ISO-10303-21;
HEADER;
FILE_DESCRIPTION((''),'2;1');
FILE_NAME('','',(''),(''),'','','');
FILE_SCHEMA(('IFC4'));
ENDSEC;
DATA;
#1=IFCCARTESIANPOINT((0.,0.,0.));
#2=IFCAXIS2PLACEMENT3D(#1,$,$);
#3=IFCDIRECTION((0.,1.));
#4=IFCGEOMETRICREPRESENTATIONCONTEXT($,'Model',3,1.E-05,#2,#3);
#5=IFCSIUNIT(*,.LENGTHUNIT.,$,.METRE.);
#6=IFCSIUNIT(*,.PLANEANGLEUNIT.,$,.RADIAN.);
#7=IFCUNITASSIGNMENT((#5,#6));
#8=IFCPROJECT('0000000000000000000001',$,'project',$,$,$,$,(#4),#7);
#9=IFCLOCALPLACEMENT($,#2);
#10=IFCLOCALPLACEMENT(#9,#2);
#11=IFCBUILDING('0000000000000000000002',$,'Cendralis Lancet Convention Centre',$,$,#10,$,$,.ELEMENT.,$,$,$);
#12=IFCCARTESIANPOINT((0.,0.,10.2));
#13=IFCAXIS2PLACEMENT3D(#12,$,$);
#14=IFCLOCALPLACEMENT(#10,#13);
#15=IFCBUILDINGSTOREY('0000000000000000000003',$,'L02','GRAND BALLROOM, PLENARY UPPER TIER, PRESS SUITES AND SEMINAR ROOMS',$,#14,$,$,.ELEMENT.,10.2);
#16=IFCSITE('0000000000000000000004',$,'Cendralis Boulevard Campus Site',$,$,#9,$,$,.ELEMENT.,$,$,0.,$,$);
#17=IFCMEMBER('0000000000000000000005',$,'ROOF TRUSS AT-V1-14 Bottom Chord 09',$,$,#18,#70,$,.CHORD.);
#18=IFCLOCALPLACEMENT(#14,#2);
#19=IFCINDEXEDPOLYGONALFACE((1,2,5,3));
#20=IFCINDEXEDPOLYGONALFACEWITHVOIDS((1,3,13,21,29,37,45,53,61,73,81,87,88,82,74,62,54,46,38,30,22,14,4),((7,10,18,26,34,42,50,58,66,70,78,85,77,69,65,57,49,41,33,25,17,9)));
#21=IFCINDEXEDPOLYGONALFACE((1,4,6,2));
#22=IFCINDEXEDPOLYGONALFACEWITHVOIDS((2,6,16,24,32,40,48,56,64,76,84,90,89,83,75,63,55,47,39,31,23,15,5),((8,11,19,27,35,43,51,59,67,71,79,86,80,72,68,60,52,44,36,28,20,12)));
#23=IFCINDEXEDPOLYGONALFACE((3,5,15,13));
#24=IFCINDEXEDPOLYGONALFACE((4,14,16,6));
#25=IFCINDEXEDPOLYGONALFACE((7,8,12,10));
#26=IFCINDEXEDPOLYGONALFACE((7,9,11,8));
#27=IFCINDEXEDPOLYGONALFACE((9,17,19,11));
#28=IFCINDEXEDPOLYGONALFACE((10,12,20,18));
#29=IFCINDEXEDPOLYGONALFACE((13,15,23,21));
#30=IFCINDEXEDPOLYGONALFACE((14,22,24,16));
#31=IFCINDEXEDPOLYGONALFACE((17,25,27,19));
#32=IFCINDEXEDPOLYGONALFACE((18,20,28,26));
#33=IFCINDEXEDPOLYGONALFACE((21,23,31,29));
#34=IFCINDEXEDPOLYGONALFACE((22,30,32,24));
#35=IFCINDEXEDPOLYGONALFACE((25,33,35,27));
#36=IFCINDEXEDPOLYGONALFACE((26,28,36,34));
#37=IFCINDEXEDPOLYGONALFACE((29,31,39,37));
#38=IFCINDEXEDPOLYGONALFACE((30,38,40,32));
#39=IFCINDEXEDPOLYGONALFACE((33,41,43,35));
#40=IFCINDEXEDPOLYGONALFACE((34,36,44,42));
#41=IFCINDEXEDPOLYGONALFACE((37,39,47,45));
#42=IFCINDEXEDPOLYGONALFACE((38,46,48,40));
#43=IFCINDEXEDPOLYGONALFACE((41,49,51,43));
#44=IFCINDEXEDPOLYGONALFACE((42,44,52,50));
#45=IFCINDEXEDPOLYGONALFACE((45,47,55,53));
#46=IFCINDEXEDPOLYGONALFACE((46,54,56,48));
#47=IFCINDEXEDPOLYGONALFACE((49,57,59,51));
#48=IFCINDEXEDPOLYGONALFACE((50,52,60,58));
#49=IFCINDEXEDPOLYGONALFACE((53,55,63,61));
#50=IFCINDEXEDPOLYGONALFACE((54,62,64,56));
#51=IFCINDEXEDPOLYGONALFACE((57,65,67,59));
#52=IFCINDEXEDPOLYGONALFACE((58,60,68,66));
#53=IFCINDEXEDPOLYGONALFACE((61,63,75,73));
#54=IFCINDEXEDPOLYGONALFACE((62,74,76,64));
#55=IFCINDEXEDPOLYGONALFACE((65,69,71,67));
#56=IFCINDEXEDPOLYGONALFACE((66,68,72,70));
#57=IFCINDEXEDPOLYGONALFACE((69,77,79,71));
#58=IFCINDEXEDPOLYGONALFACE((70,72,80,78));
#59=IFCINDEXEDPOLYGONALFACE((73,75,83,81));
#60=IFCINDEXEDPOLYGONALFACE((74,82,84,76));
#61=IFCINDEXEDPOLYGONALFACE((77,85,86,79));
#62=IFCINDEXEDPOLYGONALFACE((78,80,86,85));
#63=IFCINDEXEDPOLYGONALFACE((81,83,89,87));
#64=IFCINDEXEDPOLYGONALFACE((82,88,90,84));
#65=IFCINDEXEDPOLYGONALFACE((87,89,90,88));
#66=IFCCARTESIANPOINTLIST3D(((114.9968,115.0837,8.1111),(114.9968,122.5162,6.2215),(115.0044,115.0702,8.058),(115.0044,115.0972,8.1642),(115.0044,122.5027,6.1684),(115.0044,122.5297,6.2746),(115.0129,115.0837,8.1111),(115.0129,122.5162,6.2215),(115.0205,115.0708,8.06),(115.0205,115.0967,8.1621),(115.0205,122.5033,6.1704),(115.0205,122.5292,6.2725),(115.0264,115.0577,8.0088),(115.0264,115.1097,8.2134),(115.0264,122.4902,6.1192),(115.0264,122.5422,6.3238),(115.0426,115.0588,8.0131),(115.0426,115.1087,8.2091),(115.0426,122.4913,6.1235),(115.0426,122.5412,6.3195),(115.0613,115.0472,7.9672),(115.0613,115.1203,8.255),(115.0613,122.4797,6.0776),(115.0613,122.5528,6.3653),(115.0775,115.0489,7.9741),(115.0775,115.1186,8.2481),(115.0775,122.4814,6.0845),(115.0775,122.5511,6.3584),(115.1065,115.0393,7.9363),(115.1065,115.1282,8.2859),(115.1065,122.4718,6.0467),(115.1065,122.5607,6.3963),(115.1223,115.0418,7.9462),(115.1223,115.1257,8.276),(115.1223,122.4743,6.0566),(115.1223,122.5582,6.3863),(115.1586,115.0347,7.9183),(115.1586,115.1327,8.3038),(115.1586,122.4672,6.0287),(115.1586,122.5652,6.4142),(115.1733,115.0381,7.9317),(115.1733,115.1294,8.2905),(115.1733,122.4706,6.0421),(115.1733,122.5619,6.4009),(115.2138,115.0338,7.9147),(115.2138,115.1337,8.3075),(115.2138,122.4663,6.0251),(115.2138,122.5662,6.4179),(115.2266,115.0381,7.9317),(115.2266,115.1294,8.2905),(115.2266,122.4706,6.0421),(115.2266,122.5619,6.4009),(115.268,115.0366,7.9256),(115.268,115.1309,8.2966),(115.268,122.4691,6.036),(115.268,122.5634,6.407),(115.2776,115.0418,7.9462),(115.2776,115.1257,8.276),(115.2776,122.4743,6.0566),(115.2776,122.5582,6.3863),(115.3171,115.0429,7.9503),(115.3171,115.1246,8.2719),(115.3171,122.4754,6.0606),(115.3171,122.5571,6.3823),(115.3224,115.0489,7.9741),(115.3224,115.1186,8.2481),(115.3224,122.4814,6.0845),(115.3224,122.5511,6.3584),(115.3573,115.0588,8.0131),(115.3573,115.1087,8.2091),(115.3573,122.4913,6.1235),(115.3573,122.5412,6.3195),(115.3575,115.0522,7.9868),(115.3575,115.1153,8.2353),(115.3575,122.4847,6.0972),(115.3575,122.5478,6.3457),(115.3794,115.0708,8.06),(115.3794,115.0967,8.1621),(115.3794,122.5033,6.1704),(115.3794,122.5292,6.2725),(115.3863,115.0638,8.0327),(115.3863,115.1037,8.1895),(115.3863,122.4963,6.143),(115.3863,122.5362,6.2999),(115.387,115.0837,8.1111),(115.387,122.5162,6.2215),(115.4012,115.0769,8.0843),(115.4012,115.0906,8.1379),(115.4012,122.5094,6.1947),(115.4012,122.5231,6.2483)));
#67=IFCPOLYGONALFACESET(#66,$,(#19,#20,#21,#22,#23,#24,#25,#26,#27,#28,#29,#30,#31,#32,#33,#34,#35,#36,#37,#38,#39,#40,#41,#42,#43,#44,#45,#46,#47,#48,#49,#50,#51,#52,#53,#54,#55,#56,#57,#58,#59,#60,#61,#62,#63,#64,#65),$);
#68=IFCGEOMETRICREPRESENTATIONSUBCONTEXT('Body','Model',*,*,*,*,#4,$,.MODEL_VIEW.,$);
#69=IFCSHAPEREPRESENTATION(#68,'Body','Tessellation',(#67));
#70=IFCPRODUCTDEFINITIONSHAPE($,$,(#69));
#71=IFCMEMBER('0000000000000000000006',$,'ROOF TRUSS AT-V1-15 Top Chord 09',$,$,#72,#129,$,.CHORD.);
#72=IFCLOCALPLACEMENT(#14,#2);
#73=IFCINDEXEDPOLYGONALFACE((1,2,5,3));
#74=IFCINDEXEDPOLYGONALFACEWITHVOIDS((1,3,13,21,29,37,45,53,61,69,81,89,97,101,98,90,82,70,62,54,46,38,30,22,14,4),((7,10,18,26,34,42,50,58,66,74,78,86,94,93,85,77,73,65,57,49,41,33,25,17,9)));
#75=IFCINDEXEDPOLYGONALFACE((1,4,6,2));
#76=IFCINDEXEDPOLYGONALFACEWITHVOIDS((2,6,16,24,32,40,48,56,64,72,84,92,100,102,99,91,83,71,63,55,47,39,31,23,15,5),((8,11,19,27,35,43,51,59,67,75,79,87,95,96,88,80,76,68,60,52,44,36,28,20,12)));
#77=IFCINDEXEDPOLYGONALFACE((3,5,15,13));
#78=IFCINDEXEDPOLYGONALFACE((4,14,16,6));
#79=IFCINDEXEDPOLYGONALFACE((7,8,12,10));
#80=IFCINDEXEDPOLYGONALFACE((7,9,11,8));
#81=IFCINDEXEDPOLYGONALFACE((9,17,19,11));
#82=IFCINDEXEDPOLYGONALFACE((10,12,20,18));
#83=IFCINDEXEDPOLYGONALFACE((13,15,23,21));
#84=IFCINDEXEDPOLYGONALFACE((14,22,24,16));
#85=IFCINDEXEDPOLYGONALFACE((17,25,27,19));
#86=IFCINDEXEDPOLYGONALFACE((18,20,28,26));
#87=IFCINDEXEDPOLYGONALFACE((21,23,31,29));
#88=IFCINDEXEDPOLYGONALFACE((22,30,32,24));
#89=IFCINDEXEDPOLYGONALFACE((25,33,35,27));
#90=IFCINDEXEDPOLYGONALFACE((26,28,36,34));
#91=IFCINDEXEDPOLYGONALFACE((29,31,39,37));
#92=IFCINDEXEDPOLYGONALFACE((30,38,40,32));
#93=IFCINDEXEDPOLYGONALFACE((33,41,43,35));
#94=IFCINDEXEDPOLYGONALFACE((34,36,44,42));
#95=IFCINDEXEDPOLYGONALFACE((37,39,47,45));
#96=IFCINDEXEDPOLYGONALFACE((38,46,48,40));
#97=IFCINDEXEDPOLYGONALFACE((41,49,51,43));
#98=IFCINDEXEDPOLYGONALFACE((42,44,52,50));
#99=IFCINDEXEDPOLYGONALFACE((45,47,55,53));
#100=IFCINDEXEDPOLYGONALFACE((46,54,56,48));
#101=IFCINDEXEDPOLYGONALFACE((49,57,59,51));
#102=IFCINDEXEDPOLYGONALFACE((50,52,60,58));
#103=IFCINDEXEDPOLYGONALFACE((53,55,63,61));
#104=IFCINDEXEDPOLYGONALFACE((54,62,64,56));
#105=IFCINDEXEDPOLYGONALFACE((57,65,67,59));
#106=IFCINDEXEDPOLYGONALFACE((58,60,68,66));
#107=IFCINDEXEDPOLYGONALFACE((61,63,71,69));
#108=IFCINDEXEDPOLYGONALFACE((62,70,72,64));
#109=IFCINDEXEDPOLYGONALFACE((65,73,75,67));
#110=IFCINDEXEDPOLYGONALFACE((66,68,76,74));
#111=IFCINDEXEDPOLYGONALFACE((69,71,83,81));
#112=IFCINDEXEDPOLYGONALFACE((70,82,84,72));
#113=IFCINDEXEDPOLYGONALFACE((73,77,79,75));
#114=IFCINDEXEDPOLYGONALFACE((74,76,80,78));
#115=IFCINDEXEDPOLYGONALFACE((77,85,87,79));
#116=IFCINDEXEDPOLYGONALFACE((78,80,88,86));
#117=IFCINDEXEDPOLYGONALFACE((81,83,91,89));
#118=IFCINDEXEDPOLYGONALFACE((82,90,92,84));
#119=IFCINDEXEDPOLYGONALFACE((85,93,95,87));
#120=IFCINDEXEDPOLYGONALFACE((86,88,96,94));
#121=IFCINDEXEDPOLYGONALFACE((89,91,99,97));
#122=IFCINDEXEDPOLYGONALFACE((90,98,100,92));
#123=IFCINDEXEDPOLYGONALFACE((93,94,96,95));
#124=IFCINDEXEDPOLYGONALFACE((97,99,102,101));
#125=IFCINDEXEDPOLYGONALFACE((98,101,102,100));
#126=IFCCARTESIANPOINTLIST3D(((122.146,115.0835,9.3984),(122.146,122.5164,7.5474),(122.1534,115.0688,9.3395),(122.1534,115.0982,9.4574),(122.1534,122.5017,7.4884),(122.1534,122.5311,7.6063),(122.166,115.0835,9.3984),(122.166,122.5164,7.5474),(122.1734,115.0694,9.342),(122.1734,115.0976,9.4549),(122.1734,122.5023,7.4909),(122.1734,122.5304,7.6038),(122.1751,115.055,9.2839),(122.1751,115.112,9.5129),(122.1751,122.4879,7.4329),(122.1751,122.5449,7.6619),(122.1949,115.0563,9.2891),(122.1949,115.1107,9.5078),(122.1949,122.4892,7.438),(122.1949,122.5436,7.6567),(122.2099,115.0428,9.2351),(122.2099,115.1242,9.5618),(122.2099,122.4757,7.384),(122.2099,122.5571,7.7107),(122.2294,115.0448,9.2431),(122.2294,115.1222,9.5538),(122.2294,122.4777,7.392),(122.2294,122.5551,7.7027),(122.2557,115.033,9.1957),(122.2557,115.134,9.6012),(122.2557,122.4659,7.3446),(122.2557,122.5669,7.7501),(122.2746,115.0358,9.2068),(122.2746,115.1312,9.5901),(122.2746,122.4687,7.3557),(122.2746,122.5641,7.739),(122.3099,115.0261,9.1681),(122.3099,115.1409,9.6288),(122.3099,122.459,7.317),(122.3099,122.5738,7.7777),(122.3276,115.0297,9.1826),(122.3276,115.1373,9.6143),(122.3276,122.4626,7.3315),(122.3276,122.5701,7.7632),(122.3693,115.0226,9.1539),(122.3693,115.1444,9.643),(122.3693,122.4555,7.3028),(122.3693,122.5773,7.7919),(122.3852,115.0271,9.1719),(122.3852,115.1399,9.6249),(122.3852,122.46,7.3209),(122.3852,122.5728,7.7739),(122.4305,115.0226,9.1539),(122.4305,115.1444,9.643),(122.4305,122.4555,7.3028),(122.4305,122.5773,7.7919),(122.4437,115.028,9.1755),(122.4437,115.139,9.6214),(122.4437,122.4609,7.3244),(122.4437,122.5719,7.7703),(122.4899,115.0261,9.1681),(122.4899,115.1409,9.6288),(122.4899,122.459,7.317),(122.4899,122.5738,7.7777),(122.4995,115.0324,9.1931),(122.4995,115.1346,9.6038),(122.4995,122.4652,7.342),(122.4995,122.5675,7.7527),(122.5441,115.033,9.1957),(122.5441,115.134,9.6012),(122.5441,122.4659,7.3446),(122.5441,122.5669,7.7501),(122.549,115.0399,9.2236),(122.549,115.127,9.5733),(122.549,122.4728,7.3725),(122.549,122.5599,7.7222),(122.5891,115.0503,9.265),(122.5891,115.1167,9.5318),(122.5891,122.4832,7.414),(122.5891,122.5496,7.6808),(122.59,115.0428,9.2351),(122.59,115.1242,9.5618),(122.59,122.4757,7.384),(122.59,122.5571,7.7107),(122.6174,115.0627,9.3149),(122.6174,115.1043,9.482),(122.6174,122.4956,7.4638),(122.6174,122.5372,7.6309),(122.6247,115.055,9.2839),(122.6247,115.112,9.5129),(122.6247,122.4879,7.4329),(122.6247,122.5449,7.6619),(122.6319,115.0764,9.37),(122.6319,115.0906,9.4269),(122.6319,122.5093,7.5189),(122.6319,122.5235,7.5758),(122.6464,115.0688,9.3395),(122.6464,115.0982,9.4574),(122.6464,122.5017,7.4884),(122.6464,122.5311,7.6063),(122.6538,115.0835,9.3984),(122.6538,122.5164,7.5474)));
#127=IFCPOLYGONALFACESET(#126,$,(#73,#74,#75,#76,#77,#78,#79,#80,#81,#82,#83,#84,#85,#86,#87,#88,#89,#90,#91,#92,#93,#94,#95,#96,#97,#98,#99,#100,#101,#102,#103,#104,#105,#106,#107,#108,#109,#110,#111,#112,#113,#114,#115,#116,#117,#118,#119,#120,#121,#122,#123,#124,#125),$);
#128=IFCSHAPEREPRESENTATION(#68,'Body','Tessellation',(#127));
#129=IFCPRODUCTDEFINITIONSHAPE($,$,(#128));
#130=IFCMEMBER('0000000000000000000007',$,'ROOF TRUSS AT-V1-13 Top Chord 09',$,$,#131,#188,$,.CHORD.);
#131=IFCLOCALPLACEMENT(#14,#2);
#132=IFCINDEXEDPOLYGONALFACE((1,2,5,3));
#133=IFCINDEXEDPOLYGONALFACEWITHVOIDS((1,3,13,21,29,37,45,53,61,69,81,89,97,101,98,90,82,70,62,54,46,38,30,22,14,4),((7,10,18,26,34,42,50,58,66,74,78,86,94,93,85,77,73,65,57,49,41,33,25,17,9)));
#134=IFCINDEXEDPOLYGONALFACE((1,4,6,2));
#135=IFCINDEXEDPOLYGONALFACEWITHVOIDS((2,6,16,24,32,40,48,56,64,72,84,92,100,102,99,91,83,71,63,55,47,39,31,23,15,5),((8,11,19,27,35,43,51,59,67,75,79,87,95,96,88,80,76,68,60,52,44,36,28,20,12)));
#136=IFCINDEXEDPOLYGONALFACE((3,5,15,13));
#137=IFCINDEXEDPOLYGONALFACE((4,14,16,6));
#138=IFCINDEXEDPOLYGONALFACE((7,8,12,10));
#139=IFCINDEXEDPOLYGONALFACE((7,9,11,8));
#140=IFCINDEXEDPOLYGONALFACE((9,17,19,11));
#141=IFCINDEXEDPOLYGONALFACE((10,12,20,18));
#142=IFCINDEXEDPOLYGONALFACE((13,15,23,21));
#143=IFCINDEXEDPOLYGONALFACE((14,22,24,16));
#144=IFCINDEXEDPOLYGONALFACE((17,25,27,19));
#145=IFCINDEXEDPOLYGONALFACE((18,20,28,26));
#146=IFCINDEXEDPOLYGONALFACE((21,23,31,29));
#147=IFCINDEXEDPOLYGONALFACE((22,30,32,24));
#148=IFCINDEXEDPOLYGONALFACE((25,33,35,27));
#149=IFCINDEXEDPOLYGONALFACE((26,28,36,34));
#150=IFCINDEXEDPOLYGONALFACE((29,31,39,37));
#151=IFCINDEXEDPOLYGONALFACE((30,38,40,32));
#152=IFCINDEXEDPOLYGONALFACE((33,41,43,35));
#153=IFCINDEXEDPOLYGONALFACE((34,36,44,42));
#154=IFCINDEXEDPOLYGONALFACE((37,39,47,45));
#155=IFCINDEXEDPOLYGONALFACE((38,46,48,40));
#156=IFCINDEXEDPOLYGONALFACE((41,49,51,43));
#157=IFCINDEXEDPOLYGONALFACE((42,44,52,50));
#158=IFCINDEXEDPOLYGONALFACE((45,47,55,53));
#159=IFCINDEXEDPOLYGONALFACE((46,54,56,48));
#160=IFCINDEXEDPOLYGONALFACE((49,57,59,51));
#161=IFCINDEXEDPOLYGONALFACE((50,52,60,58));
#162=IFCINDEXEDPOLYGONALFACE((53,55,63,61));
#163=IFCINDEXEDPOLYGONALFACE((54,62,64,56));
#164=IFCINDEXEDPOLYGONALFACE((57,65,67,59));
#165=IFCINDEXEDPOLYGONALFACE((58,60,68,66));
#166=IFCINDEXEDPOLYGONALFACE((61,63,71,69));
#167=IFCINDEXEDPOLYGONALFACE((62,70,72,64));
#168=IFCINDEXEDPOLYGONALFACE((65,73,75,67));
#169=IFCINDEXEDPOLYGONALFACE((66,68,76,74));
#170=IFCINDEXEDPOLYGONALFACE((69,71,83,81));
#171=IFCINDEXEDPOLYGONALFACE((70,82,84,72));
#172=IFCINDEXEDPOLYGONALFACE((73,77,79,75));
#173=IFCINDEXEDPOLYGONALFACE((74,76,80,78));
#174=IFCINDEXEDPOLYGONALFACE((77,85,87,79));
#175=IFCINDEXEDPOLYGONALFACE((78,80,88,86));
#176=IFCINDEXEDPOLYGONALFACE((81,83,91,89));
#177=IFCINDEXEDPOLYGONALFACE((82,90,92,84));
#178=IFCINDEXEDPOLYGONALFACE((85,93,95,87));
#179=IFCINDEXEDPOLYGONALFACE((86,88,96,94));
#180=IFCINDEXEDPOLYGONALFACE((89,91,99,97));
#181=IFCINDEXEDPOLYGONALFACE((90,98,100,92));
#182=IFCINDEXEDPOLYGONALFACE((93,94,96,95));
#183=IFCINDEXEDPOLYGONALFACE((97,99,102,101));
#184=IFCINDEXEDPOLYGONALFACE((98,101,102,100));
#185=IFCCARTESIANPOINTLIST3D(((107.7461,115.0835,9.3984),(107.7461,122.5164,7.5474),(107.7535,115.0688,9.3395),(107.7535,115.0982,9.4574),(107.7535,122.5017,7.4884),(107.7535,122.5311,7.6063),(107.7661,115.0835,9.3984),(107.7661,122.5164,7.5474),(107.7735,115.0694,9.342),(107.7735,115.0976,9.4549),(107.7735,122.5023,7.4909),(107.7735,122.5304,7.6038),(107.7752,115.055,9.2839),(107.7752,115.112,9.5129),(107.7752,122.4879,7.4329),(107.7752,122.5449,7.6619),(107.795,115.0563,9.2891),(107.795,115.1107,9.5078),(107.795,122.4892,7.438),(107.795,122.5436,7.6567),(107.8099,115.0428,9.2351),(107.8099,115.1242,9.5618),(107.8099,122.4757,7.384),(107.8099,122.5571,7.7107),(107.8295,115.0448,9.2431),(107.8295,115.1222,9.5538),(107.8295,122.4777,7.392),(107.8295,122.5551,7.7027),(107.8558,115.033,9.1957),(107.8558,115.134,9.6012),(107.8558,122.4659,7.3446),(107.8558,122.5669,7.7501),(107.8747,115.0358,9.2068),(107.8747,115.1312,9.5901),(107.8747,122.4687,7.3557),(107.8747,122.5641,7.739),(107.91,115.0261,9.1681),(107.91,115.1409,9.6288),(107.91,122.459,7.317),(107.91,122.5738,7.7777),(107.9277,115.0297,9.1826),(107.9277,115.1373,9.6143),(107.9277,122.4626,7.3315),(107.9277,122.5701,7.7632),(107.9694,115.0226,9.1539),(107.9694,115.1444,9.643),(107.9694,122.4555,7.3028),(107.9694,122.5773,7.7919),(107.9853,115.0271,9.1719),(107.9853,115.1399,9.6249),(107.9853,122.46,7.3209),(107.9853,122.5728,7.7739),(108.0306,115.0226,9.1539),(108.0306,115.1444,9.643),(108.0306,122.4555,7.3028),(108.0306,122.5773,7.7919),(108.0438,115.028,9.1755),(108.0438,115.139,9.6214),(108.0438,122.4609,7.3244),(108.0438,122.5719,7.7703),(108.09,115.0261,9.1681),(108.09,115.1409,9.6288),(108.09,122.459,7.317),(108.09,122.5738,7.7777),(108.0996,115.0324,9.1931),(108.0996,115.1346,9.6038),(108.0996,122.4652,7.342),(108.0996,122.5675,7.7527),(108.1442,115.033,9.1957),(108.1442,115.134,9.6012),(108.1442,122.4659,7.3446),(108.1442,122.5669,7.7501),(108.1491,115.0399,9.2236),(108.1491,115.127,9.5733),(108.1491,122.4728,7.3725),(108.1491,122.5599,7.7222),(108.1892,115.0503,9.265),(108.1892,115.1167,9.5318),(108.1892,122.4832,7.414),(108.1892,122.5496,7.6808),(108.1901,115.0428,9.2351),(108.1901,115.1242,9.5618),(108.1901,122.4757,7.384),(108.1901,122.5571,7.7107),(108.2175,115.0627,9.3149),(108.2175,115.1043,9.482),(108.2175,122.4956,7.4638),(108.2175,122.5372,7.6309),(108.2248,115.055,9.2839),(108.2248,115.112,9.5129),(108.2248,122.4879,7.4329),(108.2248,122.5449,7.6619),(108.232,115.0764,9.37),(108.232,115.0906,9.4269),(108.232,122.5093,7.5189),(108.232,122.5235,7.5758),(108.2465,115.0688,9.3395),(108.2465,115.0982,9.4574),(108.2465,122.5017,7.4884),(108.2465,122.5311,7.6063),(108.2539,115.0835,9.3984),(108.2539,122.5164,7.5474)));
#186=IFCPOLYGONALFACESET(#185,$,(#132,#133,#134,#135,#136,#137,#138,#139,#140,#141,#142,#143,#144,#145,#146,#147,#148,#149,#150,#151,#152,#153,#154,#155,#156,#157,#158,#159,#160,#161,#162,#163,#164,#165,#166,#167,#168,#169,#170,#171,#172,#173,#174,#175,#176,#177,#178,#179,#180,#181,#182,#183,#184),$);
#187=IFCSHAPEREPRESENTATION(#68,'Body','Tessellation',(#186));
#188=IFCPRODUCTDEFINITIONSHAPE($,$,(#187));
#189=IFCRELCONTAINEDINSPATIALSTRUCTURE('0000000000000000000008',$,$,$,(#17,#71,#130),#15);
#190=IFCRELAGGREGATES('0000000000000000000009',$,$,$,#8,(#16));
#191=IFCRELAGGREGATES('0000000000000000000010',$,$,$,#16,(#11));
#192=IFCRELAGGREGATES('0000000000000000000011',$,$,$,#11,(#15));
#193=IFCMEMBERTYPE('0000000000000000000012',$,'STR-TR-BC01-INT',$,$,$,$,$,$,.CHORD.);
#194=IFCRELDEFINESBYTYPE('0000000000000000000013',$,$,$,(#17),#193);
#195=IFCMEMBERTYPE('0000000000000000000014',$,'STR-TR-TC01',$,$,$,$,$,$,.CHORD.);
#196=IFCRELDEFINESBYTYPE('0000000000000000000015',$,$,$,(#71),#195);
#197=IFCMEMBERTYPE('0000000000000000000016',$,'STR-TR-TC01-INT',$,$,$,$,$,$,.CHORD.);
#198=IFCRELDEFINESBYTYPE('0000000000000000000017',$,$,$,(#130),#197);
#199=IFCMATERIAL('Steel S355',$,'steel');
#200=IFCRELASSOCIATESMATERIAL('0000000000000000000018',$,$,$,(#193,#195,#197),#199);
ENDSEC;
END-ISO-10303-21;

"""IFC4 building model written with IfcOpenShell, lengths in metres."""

from ifc_helpers import new_model, si_unit, direction, frame, origin, origin_2d, place, context, subcontext, project, spatial, hollow_circle, extrude, material, material_profile, profile_set, type_object, element, save


model = new_model("IFC4")

# Units and contexts
model_context = context("Model", 3, precision=1e-05, world=origin(), true_north=direction((0.0, 1.0)))
body_context = subcontext(model_context, "Body", "Model", "MODEL_VIEW")
ifc_project = project(units=[si_unit("LENGTHUNIT", "METRE"), si_unit("PLANEANGLEUNIT", "RADIAN")], contexts=[model_context])

# Site, building, storey
site_placement = place(None, origin())
site = spatial("IfcSite", under=ifc_project, at=site_placement, Name="Cendralis Boulevard Campus Site", CompositionType="ELEMENT", RefElevation=0.0)
building_placement = place(site_placement, origin())
building = spatial("IfcBuilding", under=site, at=building_placement, Name="Cendralis Lancet Convention Centre", CompositionType="ELEMENT")
storey_placement = place(building_placement, frame((0.0, 0.0, 10.2)))
storey = spatial("IfcBuildingStorey", under=building, at=storey_placement, Name="L02", Description="GRAND BALLROOM, PLENARY UPPER TIER, PRESS SUITES AND SEMINAR ROOMS", CompositionType="ELEMENT", Elevation=10.2)

# Members
ifc_material = material(Name="Steel S355", Category="steel")
ifc_material_profile_1 = material_profile(ifc_material, hollow_circle(Radius=0.2031, WallThickness=0.0161, at=origin_2d()), Name="CHS 406.4x16.0")
ifc_profile_set_1 = profile_set([ifc_material_profile_1], Name="Steel S355")
member_type_1 = type_object("IfcMemberType", Name="STR-TR-BC01-INT", PredefinedType="CHORD", material=ifc_profile_set_1)
member_1_placement = place(storey_placement, frame((115.2, 115.0837, 8.1111), z_axis=(0.0, 0.969169, -0.246399), x_axis=(-1.0, 0.0, 0.0)))
element("IfcMember", 1, at=member_1_placement, inside=storey, type_object=member_type_1, Name="ROOF TRUSS AT-V1-14 Bottom Chord 09", PredefinedType="CHORD", context=body_context, shape_type="SweptSolid", body=[
    extrude(hollow_circle(Radius=0.2031, WallThickness=0.0161, at=origin_2d()), origin(), (0.0, 0.0, 1.0), 7.6689),
])
ifc_material_profile_2 = material_profile(ifc_material, hollow_circle(Radius=0.2539, WallThickness=0.02, at=origin_2d()), Name="CHS 508.0x20.0")
ifc_profile_set_2 = profile_set([ifc_material_profile_2], Name="Steel S355")
member_type_2 = type_object("IfcMemberType", Name="STR-TR-TC01", PredefinedType="CHORD", material=ifc_profile_set_2)
member_2_placement = place(storey_placement, frame((122.3999, 115.0835, 9.3984), z_axis=(0.0, 0.970361, -0.241658), x_axis=(-1.0, 0.0, 0.0)))
element("IfcMember", 2, at=member_2_placement, inside=storey, type_object=member_type_2, Name="ROOF TRUSS AT-V1-15 Top Chord 09", PredefinedType="CHORD", context=body_context, shape_type="SweptSolid", body=[
    extrude(hollow_circle(Radius=0.2539, WallThickness=0.02, at=origin_2d()), origin(), (0.0, 0.0, 1.0), 7.6599),
])
ifc_material_profile_3 = material_profile(ifc_material, hollow_circle(Radius=0.2539, WallThickness=0.02, at=origin_2d()), Name="CHS 508.0x20.0")
ifc_profile_set_3 = profile_set([ifc_material_profile_3], Name="Steel S355")
member_type_3 = type_object("IfcMemberType", Name="STR-TR-TC01-INT", PredefinedType="CHORD", material=ifc_profile_set_3)
for number, where, z_axis, x_axis, name in (
    (3, (108.0, 115.0835, 9.3984), (0.0, 0.970361, -0.241658), (-1.0, 0.0, 0.0), "ROOF TRUSS AT-V1-13 Top Chord 09"),
):
    element("IfcMember", number, at=place(storey_placement, frame(where, z_axis=z_axis, x_axis=x_axis)), inside=storey, type_object=member_type_3, Name=name, PredefinedType="CHORD", context=body_context, shape_type="SweptSolid", body=[
        extrude(hollow_circle(Radius=0.2539, WallThickness=0.02, at=origin_2d()), origin(), (0.0, 0.0, 1.0), 7.6599),
    ])

save(model, "model.ifc")
